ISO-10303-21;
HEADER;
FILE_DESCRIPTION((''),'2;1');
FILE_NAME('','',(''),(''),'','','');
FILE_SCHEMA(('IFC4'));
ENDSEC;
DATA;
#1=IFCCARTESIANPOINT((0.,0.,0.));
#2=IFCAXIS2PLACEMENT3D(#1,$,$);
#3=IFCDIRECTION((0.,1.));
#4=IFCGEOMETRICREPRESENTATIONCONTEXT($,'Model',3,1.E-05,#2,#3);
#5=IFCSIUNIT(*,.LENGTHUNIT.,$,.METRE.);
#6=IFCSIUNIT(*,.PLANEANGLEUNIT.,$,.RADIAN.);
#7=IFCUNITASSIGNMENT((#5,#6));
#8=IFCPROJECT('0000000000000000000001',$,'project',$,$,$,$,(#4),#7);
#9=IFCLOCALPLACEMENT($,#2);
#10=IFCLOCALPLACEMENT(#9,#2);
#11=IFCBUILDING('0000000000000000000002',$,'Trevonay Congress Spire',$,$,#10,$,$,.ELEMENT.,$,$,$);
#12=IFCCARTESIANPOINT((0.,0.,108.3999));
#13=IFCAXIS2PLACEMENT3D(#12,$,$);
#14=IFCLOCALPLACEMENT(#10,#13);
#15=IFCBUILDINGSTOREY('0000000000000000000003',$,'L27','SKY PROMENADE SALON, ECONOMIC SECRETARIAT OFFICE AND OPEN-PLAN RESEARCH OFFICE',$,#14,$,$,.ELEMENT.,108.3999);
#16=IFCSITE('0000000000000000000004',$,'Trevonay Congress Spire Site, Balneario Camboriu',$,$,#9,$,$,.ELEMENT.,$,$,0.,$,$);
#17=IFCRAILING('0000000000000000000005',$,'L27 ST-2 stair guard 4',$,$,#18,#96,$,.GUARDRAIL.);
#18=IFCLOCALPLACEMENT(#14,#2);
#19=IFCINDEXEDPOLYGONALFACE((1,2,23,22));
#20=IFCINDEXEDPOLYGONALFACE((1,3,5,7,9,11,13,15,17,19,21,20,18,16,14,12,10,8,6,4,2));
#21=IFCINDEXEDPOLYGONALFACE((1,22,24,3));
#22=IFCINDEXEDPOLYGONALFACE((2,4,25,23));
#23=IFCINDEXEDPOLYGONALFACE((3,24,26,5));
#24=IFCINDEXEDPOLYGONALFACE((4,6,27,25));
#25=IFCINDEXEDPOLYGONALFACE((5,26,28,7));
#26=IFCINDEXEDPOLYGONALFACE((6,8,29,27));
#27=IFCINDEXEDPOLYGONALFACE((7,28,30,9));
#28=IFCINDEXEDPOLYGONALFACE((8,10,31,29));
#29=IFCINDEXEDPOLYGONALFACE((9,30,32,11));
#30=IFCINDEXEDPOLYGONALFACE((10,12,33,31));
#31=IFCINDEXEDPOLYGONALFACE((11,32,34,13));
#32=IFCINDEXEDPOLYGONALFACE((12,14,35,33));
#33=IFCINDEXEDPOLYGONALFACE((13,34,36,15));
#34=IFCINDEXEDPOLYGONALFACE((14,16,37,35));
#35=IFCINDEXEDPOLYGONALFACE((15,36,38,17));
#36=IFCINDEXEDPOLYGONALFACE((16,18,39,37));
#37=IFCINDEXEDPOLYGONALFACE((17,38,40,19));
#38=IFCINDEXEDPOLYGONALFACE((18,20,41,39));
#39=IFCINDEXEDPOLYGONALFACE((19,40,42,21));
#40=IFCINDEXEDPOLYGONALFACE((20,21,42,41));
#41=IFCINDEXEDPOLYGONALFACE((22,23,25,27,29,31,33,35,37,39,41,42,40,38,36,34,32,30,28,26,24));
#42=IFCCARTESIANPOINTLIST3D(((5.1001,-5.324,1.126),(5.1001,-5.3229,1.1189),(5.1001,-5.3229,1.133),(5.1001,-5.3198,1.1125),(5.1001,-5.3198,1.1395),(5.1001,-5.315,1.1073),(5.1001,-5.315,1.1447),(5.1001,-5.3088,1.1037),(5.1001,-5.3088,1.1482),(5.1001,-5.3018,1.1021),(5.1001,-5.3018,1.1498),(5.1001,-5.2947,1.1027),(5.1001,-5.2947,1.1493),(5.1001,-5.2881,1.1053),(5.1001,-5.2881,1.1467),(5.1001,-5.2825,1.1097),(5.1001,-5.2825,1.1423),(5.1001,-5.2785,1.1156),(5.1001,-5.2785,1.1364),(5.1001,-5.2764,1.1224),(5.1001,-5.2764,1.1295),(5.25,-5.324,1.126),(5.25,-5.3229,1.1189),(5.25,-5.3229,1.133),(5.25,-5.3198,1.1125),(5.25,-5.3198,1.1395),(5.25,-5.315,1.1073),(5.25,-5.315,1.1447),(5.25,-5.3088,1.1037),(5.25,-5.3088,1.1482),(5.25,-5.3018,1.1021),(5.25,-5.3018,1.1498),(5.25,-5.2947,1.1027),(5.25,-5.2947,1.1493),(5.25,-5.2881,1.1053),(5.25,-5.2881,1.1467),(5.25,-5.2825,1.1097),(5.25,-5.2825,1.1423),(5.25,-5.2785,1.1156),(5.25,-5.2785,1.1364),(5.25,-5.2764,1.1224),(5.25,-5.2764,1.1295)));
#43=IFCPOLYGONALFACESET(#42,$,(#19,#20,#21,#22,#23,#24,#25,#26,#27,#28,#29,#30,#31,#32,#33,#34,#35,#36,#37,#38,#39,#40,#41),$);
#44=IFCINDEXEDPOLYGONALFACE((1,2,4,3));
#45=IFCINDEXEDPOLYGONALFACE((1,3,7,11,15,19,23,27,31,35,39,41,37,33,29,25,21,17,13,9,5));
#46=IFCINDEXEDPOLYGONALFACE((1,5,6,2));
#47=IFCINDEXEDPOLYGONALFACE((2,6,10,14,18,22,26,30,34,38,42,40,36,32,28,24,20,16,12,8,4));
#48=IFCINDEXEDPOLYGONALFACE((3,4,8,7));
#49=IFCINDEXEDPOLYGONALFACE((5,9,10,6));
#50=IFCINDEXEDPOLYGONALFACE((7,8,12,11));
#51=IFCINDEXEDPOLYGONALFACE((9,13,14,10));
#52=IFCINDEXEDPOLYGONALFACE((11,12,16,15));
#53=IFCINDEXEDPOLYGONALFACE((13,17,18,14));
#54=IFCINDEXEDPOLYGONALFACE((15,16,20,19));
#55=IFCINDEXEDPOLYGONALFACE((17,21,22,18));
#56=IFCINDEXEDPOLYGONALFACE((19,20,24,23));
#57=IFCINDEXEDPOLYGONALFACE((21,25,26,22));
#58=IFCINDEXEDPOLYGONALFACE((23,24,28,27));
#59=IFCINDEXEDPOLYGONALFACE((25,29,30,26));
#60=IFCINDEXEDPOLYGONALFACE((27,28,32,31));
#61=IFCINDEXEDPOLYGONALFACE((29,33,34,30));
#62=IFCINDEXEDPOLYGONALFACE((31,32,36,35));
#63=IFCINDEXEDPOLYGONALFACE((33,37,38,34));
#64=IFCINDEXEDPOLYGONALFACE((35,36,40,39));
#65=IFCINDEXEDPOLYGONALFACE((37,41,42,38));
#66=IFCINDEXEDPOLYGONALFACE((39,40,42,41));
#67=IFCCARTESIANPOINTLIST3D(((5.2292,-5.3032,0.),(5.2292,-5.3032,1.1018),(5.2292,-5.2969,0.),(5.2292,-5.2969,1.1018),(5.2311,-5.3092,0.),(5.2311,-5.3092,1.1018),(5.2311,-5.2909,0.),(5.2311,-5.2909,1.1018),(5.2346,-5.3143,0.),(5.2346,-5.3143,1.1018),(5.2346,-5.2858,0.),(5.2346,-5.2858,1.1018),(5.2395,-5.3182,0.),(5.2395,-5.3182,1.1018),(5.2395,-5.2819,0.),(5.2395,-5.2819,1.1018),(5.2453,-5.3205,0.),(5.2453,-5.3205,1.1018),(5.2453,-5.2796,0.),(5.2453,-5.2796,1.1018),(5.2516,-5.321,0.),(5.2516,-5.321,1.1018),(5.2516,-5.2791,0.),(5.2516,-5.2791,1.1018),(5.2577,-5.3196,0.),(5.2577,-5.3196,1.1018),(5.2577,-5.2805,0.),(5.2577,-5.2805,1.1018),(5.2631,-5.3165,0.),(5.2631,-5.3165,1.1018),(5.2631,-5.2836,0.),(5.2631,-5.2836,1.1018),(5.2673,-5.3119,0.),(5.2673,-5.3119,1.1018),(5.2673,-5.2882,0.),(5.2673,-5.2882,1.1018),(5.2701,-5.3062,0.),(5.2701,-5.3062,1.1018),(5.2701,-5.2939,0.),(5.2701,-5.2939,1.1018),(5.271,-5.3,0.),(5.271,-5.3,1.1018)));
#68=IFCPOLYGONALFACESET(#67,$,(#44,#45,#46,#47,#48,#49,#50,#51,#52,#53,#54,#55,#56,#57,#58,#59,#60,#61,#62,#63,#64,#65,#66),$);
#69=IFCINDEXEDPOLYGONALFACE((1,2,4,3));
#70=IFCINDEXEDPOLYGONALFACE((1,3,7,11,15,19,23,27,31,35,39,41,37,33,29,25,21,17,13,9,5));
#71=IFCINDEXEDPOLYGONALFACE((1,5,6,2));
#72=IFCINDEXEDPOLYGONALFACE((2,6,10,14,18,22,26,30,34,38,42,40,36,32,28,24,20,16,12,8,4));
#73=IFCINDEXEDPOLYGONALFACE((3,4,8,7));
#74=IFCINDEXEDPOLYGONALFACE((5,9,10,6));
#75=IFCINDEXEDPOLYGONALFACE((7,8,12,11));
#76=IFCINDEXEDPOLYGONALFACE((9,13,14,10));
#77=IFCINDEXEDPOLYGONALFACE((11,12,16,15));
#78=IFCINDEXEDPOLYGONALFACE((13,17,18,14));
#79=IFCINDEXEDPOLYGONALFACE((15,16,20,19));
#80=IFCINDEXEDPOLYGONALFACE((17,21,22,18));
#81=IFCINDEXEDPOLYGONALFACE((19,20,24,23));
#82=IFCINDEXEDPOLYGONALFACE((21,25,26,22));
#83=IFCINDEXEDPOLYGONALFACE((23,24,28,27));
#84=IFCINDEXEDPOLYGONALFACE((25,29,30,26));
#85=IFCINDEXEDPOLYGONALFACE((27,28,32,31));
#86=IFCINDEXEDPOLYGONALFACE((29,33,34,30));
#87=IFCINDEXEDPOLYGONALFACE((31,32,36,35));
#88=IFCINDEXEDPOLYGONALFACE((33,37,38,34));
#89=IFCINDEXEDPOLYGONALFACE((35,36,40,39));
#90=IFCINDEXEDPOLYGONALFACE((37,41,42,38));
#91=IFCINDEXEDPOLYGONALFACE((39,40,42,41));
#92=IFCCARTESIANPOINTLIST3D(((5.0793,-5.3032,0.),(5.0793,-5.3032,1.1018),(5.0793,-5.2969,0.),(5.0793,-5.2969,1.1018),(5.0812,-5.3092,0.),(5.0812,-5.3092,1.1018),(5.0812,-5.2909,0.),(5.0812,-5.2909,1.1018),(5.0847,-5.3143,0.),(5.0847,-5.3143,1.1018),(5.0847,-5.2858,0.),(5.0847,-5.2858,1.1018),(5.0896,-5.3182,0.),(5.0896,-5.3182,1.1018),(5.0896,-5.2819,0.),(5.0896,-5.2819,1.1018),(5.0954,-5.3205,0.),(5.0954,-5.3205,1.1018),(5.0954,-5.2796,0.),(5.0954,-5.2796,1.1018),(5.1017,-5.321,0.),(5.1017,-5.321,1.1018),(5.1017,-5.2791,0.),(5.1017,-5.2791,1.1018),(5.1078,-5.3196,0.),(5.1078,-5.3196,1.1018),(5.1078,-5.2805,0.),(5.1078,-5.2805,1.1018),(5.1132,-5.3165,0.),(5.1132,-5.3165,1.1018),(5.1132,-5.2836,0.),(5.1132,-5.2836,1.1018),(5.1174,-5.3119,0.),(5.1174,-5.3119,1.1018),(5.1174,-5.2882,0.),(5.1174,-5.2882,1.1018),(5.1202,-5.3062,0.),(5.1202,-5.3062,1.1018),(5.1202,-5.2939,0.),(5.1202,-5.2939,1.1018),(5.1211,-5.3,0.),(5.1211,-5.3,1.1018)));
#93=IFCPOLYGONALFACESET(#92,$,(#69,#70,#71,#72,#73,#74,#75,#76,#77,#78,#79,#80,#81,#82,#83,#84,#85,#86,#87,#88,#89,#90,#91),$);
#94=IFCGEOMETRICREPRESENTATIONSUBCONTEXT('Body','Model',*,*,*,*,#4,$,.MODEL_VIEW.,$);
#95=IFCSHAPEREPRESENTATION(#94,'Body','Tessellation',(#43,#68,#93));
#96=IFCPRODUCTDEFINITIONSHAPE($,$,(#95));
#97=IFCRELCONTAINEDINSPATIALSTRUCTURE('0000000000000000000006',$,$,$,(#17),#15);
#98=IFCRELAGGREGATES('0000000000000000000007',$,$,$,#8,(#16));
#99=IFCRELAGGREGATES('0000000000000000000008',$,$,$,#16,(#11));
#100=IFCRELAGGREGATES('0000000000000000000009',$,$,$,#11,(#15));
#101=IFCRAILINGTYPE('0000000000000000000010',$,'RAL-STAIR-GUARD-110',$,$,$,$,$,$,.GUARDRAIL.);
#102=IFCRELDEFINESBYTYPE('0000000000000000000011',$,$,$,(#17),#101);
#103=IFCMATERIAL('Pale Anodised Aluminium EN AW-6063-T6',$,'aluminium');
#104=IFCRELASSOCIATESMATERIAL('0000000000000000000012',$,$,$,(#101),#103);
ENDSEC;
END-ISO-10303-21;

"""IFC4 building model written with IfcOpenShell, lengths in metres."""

from ifc_helpers import new_model, si_unit, direction, frame, origin, origin_2d, place, context, subcontext, project, spatial, circle, extrude, material, type_object, element, save


model = new_model("IFC4")

# Units and contexts
model_context = context("Model", 3, precision=1e-05, world=origin(), true_north=direction((0.0, 1.0)))
body_context = subcontext(model_context, "Body", "Model", "MODEL_VIEW")
ifc_project = project(units=[si_unit("LENGTHUNIT", "METRE"), si_unit("PLANEANGLEUNIT", "RADIAN")], contexts=[model_context])

# Site, building, storey
site_placement = place(None, origin())
site = spatial("IfcSite", under=ifc_project, at=site_placement, Name="Trevonay Congress Spire Site, Balneario Camboriu", CompositionType="ELEMENT", RefElevation=0.0)
building_placement = place(site_placement, origin())
building = spatial("IfcBuilding", under=site, at=building_placement, Name="Trevonay Congress Spire", CompositionType="ELEMENT")
storey_placement = place(building_placement, frame((0.0, 0.0, 108.3999)))
storey = spatial("IfcBuildingStorey", under=building, at=storey_placement, Name="L27", Description="SKY PROMENADE SALON, ECONOMIC SECRETARIAT OFFICE AND OPEN-PLAN RESEARCH OFFICE", CompositionType="ELEMENT", Elevation=108.3999)

# Shared definitions
ifc_material_1 = material(Name="Pale Anodised Aluminium EN AW-6063-T6", Category="aluminium")

# Railing
railing_type_1 = type_object("IfcRailingType", Name="RAL-STAIR-GUARD-110", PredefinedType="GUARDRAIL", material=ifc_material_1)
railing_1_placement = place(storey_placement, frame((5.25, -5.3, 0.0)))
element("IfcRailing", 1, at=railing_1_placement, inside=storey, type_object=railing_type_1, Name="L27 ST-2 stair guard 4", PredefinedType="GUARDRAIL", context=body_context, shape_type="SweptSolid", body=[
    extrude(circle(Radius=0.0239, at=origin_2d()), frame((0.0, 0.0, 1.126), z_axis=(-1.0, 0.0, 0.0), x_axis=(0.0, -1.0, 0.0)), (0.0, 0.0, 1.0), 0.1499),
    extrude(circle(Radius=0.021, at=origin_2d()), origin(), (0.0, 0.0, 1.0), 1.1018),
    extrude(circle(Radius=0.021, at=origin_2d()), frame((-0.1499, 0.0, 0.0)), (0.0, 0.0, 1.0), 1.1018),
])

save(model, "model.ifc")
